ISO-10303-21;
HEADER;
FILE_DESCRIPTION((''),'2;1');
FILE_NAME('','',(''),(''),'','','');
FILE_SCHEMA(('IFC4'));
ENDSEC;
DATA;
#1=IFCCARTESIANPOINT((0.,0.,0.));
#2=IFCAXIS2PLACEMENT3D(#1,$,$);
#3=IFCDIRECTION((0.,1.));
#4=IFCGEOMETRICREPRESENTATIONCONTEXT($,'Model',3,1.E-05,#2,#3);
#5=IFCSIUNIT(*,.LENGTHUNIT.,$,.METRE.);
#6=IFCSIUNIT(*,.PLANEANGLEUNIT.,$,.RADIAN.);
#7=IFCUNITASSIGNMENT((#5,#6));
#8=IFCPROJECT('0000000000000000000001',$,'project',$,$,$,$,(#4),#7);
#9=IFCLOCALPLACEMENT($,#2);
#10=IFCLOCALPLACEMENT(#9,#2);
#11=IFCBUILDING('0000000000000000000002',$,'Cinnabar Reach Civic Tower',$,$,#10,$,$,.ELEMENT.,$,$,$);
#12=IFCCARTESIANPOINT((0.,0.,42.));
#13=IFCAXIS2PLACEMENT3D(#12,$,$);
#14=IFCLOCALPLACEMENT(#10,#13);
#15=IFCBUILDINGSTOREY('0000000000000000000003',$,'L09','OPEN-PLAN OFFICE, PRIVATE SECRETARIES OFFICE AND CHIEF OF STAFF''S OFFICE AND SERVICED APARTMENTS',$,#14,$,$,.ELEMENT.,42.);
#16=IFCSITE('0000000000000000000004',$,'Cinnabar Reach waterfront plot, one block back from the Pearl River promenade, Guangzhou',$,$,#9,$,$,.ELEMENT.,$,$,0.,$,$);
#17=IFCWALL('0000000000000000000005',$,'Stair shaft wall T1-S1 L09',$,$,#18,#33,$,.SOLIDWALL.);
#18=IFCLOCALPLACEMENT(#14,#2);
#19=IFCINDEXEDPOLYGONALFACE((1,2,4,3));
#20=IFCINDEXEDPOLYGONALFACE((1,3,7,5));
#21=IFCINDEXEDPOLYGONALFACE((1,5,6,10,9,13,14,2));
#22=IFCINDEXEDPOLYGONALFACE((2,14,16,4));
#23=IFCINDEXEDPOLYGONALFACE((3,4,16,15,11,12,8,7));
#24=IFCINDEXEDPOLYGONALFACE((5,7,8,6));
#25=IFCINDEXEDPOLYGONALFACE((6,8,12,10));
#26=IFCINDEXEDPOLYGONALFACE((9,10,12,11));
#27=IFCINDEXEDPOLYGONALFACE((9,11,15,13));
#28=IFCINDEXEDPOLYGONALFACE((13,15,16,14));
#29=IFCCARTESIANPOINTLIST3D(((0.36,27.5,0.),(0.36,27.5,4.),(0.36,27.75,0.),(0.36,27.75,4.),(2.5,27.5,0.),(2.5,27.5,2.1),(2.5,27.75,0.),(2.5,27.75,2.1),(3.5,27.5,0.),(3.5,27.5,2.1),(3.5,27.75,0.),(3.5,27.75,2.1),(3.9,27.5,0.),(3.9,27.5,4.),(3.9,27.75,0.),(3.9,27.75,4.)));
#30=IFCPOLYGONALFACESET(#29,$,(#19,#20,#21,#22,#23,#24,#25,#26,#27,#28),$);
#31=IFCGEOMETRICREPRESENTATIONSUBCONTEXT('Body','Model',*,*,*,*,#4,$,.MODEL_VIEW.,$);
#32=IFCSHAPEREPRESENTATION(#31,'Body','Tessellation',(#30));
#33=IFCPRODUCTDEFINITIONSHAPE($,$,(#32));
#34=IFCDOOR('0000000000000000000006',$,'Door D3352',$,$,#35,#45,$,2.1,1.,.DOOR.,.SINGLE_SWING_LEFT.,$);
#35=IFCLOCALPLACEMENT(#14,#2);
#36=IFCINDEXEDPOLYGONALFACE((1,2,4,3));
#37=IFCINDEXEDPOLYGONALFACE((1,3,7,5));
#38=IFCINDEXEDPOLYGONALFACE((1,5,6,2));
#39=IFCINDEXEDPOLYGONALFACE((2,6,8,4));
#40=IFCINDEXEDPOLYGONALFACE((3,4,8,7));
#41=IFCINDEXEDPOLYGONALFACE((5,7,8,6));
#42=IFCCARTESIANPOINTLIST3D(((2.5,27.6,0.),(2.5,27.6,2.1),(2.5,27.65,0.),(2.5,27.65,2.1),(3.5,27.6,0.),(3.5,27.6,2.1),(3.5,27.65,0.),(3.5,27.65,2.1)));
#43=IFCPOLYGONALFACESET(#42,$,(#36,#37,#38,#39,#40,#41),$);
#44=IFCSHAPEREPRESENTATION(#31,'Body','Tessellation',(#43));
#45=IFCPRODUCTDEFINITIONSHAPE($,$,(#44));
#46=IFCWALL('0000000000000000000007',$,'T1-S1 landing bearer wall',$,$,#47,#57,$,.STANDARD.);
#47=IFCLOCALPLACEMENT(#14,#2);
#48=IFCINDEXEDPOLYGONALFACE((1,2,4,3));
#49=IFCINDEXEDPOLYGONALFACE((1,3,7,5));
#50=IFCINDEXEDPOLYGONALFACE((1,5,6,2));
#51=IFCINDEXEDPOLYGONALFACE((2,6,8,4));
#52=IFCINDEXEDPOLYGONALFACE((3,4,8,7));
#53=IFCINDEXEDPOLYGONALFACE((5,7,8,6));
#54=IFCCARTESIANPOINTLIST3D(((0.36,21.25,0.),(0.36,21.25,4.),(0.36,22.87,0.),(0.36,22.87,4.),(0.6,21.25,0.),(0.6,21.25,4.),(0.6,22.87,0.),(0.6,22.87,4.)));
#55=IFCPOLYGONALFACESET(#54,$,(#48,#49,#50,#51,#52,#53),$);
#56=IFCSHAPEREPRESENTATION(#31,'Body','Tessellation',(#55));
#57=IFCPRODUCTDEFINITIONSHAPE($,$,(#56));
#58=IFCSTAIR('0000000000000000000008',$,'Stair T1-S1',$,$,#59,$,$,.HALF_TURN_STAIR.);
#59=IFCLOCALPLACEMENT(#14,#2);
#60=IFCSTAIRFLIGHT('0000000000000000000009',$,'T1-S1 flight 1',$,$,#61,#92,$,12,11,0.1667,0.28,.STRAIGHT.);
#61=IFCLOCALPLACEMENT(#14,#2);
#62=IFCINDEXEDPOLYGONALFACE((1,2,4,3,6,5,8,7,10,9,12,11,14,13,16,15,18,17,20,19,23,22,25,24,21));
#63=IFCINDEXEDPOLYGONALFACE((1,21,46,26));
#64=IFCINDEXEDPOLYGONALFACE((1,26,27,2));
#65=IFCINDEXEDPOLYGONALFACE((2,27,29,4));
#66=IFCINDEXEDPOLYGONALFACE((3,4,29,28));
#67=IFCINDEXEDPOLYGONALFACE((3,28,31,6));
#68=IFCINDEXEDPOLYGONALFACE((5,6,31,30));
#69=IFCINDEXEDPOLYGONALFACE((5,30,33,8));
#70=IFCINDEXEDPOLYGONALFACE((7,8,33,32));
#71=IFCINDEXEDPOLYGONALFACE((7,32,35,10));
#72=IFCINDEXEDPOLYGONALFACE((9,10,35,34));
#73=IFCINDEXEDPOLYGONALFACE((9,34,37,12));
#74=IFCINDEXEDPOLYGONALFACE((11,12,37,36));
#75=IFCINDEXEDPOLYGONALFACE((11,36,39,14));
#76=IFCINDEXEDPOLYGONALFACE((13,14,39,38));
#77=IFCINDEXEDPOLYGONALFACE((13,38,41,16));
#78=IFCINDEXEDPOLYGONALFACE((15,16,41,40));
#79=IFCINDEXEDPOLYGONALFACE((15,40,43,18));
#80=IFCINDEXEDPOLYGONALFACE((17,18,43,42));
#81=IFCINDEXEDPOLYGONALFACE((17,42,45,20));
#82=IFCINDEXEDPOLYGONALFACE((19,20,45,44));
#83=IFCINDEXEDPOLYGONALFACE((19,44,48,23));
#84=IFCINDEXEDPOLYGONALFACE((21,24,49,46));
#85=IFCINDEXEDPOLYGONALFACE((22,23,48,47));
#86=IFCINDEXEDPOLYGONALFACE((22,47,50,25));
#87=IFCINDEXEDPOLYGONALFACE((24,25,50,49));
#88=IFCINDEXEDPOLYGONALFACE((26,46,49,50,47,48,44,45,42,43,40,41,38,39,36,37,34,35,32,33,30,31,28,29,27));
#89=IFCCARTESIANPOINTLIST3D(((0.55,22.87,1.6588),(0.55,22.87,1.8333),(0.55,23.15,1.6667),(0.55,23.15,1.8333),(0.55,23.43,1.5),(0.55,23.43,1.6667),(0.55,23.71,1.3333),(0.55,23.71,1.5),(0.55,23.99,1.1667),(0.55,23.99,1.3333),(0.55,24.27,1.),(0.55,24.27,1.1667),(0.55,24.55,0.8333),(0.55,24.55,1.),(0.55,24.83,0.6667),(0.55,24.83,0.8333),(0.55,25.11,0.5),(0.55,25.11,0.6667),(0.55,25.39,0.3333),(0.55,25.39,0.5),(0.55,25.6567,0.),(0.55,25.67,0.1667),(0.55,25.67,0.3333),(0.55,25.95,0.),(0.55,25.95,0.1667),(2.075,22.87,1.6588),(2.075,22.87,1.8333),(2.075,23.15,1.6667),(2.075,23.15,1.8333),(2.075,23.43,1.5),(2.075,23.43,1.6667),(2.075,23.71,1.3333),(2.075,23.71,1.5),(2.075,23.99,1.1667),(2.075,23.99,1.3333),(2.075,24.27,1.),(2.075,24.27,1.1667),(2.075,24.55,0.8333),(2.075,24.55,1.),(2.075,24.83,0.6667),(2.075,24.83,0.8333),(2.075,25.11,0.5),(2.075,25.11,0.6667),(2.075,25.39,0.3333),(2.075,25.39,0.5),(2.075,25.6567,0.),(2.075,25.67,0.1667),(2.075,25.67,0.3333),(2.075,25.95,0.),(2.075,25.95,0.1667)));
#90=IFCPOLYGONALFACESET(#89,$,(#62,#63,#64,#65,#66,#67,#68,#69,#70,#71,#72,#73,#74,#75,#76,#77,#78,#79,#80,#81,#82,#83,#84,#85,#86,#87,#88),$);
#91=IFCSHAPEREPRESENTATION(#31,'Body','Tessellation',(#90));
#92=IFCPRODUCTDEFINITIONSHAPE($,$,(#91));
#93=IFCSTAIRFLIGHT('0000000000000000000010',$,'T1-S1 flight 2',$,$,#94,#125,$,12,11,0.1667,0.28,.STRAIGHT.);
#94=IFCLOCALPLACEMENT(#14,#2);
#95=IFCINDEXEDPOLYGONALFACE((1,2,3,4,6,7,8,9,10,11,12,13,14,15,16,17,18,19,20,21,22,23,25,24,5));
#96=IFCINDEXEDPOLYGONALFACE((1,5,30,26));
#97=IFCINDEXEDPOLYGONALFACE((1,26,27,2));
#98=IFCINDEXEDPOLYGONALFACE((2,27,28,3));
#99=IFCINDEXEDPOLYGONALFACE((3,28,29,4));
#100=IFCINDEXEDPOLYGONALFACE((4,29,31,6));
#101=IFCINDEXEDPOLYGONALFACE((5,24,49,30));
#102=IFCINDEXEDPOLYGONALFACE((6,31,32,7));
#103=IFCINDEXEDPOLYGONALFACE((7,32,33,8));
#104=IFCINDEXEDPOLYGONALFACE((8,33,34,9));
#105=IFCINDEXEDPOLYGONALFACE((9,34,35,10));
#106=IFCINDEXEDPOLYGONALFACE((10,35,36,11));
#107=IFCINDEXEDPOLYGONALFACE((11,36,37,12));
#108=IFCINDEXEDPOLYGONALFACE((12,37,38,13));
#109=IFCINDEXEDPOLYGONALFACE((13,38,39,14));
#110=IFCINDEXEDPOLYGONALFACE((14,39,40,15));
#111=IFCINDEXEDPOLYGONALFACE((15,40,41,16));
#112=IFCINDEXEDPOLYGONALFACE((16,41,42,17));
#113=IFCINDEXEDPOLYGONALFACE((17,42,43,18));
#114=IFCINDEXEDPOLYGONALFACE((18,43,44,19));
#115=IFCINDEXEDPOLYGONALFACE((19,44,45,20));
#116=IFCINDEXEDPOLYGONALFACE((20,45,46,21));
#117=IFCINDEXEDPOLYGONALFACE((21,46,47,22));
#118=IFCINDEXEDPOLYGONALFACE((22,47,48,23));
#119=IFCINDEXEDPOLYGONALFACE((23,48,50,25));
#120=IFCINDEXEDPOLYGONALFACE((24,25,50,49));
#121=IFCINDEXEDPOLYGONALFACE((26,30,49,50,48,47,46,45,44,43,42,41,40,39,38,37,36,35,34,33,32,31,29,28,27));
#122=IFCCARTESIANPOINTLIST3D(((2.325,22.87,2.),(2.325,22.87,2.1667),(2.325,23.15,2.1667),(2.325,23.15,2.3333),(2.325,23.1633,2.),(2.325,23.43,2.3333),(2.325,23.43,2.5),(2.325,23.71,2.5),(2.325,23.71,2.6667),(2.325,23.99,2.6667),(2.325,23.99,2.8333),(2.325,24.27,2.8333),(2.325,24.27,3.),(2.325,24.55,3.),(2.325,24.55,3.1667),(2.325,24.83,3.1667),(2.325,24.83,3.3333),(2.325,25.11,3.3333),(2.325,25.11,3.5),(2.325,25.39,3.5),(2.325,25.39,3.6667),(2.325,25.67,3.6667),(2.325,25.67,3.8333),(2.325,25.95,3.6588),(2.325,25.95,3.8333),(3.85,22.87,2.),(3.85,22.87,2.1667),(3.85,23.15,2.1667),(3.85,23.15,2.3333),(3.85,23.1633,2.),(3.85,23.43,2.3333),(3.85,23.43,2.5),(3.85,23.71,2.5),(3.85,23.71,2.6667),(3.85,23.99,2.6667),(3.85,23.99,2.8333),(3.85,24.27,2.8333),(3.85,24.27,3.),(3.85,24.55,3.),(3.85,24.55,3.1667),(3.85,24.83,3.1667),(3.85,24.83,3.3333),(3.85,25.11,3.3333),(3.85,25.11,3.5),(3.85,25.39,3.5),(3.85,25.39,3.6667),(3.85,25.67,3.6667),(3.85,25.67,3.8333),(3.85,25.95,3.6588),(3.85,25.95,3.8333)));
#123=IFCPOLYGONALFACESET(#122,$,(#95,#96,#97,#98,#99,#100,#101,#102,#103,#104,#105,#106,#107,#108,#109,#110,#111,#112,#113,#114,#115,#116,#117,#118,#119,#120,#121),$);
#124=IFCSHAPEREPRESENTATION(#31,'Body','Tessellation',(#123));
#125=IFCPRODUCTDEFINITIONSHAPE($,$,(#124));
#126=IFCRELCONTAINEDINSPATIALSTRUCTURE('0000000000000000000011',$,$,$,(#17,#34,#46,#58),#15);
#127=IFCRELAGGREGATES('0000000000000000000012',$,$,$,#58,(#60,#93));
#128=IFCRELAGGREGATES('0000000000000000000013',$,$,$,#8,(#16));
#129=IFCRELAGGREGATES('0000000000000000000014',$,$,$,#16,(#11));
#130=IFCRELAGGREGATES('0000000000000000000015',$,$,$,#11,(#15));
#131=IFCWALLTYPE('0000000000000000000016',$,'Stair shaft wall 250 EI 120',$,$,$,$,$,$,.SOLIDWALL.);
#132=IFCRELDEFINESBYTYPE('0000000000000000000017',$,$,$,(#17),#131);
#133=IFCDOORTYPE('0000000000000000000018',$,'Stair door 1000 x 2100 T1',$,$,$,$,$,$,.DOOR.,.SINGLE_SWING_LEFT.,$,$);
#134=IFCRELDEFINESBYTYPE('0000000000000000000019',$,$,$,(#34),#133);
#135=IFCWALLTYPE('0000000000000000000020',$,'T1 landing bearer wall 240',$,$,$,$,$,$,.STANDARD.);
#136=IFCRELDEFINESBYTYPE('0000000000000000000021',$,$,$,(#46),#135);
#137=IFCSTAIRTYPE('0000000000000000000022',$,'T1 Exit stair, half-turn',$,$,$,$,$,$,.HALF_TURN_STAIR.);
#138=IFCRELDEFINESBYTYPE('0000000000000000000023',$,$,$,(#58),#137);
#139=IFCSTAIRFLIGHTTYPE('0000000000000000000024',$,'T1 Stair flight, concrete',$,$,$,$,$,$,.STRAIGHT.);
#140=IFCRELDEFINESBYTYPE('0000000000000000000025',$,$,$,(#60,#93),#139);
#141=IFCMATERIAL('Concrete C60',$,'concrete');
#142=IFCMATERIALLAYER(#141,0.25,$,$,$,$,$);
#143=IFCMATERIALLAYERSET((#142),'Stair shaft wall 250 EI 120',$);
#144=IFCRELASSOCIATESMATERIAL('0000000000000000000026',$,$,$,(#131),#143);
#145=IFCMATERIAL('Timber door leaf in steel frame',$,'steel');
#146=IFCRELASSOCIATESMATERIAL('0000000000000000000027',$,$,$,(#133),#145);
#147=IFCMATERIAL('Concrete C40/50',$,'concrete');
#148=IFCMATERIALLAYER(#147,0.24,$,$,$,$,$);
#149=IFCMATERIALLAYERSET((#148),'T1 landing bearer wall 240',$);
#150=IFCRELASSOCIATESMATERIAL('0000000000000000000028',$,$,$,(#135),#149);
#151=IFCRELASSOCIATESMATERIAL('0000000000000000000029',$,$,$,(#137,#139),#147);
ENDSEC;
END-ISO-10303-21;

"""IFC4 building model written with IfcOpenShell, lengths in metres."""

from ifc_helpers import new_model, si_unit, direction, frame, frame_2d, origin, place, context, subcontext, project, spatial, polyline, rectangle, outline, extrude, material, layer, layer_set, type_object, element, fill, aggregate, save


model = new_model("IFC4")

# Units and contexts
model_context = context("Model", 3, precision=1e-05, world=origin(), true_north=direction((0.0, 1.0)))
body_context = subcontext(model_context, "Body", "Model", "MODEL_VIEW")
ifc_project = project(units=[si_unit("LENGTHUNIT", "METRE"), si_unit("PLANEANGLEUNIT", "RADIAN")], contexts=[model_context])

# Site, building, storey
site_placement = place(None, origin())
site = spatial("IfcSite", under=ifc_project, at=site_placement, Name="Cinnabar Reach waterfront plot, one block back from the Pearl River promenade, Guangzhou", CompositionType="ELEMENT", RefElevation=0.0)
building_placement = place(site_placement, origin())
building = spatial("IfcBuilding", under=site, at=building_placement, Name="Cinnabar Reach Civic Tower", CompositionType="ELEMENT")
storey_placement = place(building_placement, frame((0.0, 0.0, 42.0)))
storey = spatial("IfcBuildingStorey", under=building, at=storey_placement, Name="L09", Description="OPEN-PLAN OFFICE, PRIVATE SECRETARIES OFFICE AND CHIEF OF STAFF'S OFFICE AND SERVICED APARTMENTS", CompositionType="ELEMENT", Elevation=42.0)

# Wall, opening, door
ifc_material_1 = material(Name="Concrete C60", Category="concrete")
ifc_layer_1 = layer(ifc_material_1, 0.25)
ifc_layer_set_1 = layer_set([ifc_layer_1], Name="Stair shaft wall 250 EI 120")
wall_type_1 = type_object("IfcWallType", Name="Stair shaft wall 250 EI 120", PredefinedType="SOLIDWALL", material=ifc_layer_set_1)
wall_1_placement = place(storey_placement, frame((3.9, 27.625, 0.0), z_axis=(0.0, 0.0, 1.0), x_axis=(-1.0, 0.0, 0.0)))
wall_1 = element("IfcWall", 1, at=wall_1_placement, inside=storey, type_object=wall_type_1, Name="Stair shaft wall T1-S1 L09", PredefinedType="SOLIDWALL", context=body_context, shape_type="SweptSolid", body=[
    extrude(rectangle(XDim=3.54, YDim=0.25, at=frame_2d((1.77, 0.0))), origin(), (0.0, 0.0, 1.0), 4.0),
])
opening_1_placement = place(wall_1_placement, frame((0.4, 0.0, 0.0)))
opening_1 = element("IfcOpeningElement", 2, at=opening_1_placement, cuts=wall_1, PredefinedType="OPENING", context=body_context, shape_type="SweptSolid", body=[
    extrude(rectangle(XDim=1.0, YDim=2.1, at=frame_2d((0.5, 1.05))), frame((0.0, 0.135, 0.0), z_axis=(0.0, -1.0, 0.0), x_axis=(1.0, 0.0, 0.0)), (0.0, 0.0, 1.0), 0.27),
])
ifc_material_2 = material(Name="Timber door leaf in steel frame", Category="steel")
door_type_1 = type_object("IfcDoorType", Name="Stair door 1000 x 2100 T1", OperationType="SINGLE_SWING_LEFT", PredefinedType="DOOR", material=ifc_material_2)
door_1_placement = place(opening_1_placement, origin())
door_1 = element("IfcDoor", 3, at=door_1_placement, inside=storey, type_object=door_type_1, Name="Door D3352", OperationType="SINGLE_SWING_LEFT", OverallHeight=2.1, OverallWidth=1.0, PredefinedType="DOOR", context=body_context, shape_type="SweptSolid", body=[
    extrude(rectangle(XDim=1.0, YDim=2.1, at=frame_2d((0.5, 1.05))), frame((0.0, 0.025, 0.0), z_axis=(0.0, -1.0, 0.0), x_axis=(1.0, 0.0, 0.0)), (0.0, 0.0, 1.0), 0.05),
])
fill(opening_1, door_1)

# Wall
ifc_material_3 = material(Name="Concrete C40/50", Category="concrete")
ifc_layer_2 = layer(ifc_material_3, 0.24)
ifc_layer_set_2 = layer_set([ifc_layer_2], Name="T1 landing bearer wall 240")
wall_type_2 = type_object("IfcWallType", Name="T1 landing bearer wall 240", PredefinedType="STANDARD", material=ifc_layer_set_2)
wall_2_placement = place(storey_placement, frame((0.48, 21.25, 0.0), z_axis=(0.0, 0.0, 1.0), x_axis=(0.0, 1.0, 0.0)))
element("IfcWall", 4, at=wall_2_placement, inside=storey, type_object=wall_type_2, Name="T1-S1 landing bearer wall", PredefinedType="STANDARD", context=body_context, shape_type="SweptSolid", body=[
    extrude(rectangle(XDim=1.62, YDim=0.24, at=frame_2d((0.81, 0.0))), origin(), (0.0, 0.0, 1.0), 4.0),
])

# Stair, stair flights
stair_type = type_object("IfcStairType", Name="T1 Exit stair, half-turn", PredefinedType="HALF_TURN_STAIR", material=ifc_material_3)
stair_placement = place(storey_placement, origin())
stair = element("IfcStair", 5, at=stair_placement, inside=storey, type_object=stair_type, Name="Stair T1-S1", PredefinedType="HALF_TURN_STAIR")
stair_flight_type = type_object("IfcStairFlightType", Name="T1 Stair flight, concrete", PredefinedType="STRAIGHT", material=ifc_material_3)
stair_flight_1_placement = place(storey_placement, frame((1.3125, 25.95, 0.0), z_axis=(0.0, 0.0, 1.0), x_axis=(0.0, -1.0, 0.0)))
stair_flight_1 = element("IfcStairFlight", 6, at=stair_flight_1_placement, type_object=stair_flight_type, Name="T1-S1 flight 1", NumberOfRisers=12, NumberOfTreads=11, PredefinedType="STRAIGHT", RiserHeight=0.1667, TreadLength=0.28, context=body_context, shape_type="SweptSolid", body=[
    extrude(outline(polyline([(0.0, 0.0), (0.0, 0.1667), (0.28, 0.1667), (0.28, 0.3333), (0.56, 0.3333), (0.56, 0.5), (0.84, 0.5), (0.84, 0.6667), (1.12, 0.6667), (1.12, 0.8333), (1.4, 0.8333), (1.4, 1.0), (1.68, 1.0), (1.68, 1.1667), (1.96, 1.1667), (1.96, 1.3333), (2.24, 1.3333), (2.24, 1.5), (2.52, 1.5), (2.52, 1.6667), (2.8, 1.6667), (2.8, 1.8333), (3.08, 1.8333), (3.08, 2.0), (3.08, 1.6588), (0.2933, 0.0), (0.0, 0.0)])), frame((0.0, 0.7625, 0.0), z_axis=(0.0, -1.0, 0.0), x_axis=(1.0, 0.0, 0.0)), (0.0, 0.0, 1.0), 1.525),
])
stair_flight_2_placement = place(storey_placement, frame((3.0875, 22.87, 2.0), z_axis=(0.0, 0.0, 1.0), x_axis=(0.0, 1.0, 0.0)))
stair_flight_2 = element("IfcStairFlight", 7, at=stair_flight_2_placement, type_object=stair_flight_type, Name="T1-S1 flight 2", NumberOfRisers=12, NumberOfTreads=11, PredefinedType="STRAIGHT", RiserHeight=0.1667, TreadLength=0.28, context=body_context, shape_type="SweptSolid", body=[
    extrude(outline(polyline([(0.0, 0.0), (0.0, 0.1667), (0.28, 0.1667), (0.28, 0.3333), (0.56, 0.3333), (0.56, 0.5), (0.84, 0.5), (0.84, 0.6667), (1.12, 0.6667), (1.12, 0.8333), (1.4, 0.8333), (1.4, 1.0), (1.68, 1.0), (1.68, 1.1667), (1.96, 1.1667), (1.96, 1.3333), (2.24, 1.3333), (2.24, 1.5), (2.52, 1.5), (2.52, 1.6667), (2.8, 1.6667), (2.8, 1.8333), (3.08, 1.8333), (3.08, 2.0), (3.08, 1.6588), (0.2933, 0.0), (0.0, 0.0)])), frame((0.0, 0.7625, 0.0), z_axis=(0.0, -1.0, 0.0), x_axis=(1.0, 0.0, 0.0)), (0.0, 0.0, 1.0), 1.525),
])
aggregate(stair, [stair_flight_1, stair_flight_2])

save(model, "model.ifc")
